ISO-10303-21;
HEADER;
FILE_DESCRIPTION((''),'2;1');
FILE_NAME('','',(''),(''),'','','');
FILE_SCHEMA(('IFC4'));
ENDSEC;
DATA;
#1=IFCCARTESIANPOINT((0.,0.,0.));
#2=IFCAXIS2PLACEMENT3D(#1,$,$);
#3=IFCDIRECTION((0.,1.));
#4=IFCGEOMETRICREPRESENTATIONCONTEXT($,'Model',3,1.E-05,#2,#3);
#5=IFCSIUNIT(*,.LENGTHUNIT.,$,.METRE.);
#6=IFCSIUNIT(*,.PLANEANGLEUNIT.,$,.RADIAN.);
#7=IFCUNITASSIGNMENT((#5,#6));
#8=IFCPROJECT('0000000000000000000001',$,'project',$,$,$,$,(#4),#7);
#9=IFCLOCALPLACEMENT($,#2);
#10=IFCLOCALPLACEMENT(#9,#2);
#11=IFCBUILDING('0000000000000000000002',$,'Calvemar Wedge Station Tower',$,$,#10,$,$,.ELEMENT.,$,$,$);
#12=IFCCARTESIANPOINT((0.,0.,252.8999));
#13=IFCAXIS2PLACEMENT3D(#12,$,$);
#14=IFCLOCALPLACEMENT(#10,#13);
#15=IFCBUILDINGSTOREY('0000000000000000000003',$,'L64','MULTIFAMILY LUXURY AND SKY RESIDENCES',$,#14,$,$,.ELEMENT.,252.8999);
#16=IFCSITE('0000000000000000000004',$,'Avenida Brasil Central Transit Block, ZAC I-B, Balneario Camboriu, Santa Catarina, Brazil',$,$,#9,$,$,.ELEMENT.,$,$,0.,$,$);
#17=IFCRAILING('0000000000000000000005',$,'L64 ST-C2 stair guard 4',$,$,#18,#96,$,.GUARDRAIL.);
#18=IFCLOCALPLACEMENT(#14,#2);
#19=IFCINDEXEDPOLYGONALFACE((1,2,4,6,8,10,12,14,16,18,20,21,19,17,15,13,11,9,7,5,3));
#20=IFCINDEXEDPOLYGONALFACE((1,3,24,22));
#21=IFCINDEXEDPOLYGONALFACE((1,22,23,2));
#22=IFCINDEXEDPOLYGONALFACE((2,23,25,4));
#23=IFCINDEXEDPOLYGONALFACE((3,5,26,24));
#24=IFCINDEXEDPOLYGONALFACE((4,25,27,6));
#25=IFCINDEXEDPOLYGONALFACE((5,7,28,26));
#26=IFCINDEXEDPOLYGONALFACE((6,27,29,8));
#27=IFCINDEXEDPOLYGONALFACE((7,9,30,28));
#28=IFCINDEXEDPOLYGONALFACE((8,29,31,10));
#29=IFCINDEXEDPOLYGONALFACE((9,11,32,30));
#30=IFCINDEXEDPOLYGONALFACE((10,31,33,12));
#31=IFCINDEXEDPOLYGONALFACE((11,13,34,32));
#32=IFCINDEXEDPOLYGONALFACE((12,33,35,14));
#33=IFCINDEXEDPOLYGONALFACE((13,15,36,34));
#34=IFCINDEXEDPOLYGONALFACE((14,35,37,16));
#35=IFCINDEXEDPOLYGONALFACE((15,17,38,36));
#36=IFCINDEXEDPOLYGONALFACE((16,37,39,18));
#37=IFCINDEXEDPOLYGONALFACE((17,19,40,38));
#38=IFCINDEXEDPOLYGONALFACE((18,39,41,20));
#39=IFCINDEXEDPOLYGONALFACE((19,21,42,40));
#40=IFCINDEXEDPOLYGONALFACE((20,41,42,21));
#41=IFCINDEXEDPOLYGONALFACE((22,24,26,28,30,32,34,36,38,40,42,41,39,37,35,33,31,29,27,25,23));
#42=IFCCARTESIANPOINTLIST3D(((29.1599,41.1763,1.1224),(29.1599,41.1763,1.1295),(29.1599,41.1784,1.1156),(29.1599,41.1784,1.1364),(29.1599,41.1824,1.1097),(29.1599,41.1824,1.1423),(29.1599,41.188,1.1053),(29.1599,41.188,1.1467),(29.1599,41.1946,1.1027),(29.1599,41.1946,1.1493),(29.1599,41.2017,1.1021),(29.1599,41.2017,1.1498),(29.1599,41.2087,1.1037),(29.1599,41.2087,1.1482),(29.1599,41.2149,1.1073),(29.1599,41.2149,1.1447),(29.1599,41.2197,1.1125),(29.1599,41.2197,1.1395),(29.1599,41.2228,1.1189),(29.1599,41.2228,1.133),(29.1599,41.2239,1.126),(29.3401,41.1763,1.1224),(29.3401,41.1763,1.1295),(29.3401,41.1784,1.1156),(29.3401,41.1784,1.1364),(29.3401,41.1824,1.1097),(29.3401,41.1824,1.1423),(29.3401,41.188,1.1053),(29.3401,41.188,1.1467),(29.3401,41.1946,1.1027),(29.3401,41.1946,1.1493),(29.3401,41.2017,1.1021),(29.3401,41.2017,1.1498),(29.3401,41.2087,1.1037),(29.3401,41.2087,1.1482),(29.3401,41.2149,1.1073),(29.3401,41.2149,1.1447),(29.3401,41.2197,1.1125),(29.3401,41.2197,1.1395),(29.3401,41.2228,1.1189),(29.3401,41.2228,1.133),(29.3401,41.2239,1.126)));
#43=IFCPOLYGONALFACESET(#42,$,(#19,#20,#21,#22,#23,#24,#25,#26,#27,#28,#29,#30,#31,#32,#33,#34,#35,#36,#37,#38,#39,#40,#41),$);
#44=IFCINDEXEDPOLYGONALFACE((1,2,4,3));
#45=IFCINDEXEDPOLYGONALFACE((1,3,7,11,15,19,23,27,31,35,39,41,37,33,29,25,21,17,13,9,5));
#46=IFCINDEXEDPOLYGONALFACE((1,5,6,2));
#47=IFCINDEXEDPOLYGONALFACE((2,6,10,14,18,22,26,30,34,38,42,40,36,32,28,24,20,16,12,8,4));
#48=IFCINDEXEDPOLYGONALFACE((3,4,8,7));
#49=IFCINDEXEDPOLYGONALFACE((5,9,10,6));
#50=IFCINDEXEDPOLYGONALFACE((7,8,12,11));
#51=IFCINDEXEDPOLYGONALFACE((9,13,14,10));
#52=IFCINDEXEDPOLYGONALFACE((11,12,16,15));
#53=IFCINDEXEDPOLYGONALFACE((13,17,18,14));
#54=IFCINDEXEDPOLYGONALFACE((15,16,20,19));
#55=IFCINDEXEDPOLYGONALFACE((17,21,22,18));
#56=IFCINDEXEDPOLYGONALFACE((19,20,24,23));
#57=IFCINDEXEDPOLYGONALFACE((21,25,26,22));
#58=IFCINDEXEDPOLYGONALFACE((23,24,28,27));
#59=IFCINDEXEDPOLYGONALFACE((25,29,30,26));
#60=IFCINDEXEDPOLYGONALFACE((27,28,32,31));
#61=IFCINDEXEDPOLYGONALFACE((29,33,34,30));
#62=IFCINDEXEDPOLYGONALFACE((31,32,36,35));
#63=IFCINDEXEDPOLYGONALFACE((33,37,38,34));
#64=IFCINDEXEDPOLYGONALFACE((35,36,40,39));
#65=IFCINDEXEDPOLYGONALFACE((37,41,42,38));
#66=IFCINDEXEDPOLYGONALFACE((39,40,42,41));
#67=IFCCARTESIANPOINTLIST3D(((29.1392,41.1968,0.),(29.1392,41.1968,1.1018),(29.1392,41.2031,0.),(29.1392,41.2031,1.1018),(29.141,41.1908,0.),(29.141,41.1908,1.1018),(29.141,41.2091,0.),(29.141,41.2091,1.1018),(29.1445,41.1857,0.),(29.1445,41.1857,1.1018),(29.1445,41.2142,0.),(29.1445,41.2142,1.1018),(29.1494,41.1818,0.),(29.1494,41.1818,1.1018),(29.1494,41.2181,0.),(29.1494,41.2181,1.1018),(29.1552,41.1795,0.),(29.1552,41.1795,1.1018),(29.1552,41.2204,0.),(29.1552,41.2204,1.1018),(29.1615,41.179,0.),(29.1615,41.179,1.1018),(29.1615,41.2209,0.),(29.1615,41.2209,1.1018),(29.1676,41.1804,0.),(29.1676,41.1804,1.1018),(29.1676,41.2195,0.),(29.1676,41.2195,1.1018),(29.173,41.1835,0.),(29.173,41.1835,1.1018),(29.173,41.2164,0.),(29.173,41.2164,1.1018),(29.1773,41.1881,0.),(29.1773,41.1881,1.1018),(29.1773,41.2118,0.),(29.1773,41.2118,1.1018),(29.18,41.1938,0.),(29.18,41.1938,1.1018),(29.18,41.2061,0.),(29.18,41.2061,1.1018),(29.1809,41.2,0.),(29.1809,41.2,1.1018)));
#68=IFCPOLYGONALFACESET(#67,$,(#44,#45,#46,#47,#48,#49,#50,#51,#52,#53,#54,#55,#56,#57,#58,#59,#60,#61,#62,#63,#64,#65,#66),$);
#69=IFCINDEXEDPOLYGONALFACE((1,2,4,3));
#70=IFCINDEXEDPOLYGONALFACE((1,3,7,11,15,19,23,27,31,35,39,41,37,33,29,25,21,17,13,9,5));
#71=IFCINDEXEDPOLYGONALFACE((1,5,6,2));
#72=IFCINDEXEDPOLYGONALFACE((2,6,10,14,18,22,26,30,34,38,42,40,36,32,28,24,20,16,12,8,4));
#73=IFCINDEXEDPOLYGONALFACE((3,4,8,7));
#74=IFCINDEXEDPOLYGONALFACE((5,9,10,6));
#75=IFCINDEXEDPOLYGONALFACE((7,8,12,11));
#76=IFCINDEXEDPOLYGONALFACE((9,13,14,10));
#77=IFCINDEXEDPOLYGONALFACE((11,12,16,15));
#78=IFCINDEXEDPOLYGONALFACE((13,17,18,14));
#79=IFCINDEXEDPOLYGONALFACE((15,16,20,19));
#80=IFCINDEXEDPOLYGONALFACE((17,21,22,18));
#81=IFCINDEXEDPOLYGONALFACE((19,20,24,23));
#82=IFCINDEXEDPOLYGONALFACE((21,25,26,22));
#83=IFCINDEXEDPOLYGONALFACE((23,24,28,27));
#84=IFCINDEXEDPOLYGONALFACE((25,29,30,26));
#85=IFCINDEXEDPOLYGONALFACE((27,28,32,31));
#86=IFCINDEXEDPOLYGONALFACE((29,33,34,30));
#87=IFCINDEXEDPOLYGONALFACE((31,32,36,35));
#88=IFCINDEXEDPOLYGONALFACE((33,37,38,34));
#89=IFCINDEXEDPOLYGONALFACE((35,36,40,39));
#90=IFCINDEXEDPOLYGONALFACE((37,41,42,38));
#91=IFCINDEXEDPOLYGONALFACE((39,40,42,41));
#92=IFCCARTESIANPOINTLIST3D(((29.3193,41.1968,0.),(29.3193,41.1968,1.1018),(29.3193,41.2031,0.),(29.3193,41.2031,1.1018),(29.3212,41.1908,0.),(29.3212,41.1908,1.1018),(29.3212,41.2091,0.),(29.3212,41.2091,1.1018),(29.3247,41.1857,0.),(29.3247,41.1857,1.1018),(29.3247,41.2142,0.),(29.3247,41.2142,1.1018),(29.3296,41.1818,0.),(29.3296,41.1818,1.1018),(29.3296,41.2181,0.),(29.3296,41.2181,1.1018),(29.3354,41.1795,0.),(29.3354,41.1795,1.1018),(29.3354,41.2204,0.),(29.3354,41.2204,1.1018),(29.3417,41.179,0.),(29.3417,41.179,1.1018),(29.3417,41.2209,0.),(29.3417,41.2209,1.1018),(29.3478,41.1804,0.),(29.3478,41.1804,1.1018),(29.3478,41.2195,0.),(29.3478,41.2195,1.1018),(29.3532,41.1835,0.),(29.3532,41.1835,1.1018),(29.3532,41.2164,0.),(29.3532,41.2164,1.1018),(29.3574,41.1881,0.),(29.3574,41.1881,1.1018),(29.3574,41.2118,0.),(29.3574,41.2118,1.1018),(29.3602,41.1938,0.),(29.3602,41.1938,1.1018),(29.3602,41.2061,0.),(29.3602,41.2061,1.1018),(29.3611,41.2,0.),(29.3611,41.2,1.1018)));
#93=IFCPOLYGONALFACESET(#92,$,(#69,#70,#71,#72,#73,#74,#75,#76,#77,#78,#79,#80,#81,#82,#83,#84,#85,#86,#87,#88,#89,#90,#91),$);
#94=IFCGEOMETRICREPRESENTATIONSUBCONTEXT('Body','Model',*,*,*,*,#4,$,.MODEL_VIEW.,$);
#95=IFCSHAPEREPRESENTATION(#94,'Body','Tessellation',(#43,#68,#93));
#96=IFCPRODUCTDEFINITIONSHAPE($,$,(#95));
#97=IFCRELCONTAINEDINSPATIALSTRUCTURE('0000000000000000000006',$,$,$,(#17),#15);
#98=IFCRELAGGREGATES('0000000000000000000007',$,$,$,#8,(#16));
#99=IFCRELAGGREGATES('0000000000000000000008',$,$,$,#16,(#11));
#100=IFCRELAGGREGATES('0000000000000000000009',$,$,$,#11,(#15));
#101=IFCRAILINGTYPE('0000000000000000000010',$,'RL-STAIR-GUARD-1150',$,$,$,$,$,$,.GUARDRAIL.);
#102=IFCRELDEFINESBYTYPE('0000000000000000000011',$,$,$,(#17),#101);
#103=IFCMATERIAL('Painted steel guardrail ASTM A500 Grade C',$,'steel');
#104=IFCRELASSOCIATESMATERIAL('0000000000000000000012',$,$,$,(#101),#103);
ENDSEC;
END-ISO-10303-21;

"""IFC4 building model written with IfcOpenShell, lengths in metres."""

from ifc_helpers import new_model, si_unit, direction, frame, origin, origin_2d, place, context, subcontext, project, spatial, circle, extrude, material, type_object, element, save


model = new_model("IFC4")

# Units and contexts
model_context = context("Model", 3, precision=1e-05, world=origin(), true_north=direction((0.0, 1.0)))
body_context = subcontext(model_context, "Body", "Model", "MODEL_VIEW")
ifc_project = project(units=[si_unit("LENGTHUNIT", "METRE"), si_unit("PLANEANGLEUNIT", "RADIAN")], contexts=[model_context])

# Site, building, storey
site_placement = place(None, origin())
site = spatial("IfcSite", under=ifc_project, at=site_placement, Name="Avenida Brasil Central Transit Block, ZAC I-B, Balneario Camboriu, Santa Catarina, Brazil", CompositionType="ELEMENT", RefElevation=0.0)
building_placement = place(site_placement, origin())
building = spatial("IfcBuilding", under=site, at=building_placement, Name="Calvemar Wedge Station Tower", CompositionType="ELEMENT")
storey_placement = place(building_placement, frame((0.0, 0.0, 252.8999)))
storey = spatial("IfcBuildingStorey", under=building, at=storey_placement, Name="L64", Description="MULTIFAMILY LUXURY AND SKY RESIDENCES", CompositionType="ELEMENT", Elevation=252.8999)

# Railing
ifc_material_1 = material(Name="Painted steel guardrail ASTM A500 Grade C", Category="steel")
railing_type_1 = type_object("IfcRailingType", Name="RL-STAIR-GUARD-1150", PredefinedType="GUARDRAIL", material=ifc_material_1)
railing_1_placement = place(storey_placement, frame((29.1599, 41.2, 0.0)))
element("IfcRailing", 1, at=railing_1_placement, inside=storey, type_object=railing_type_1, Name="L64 ST-C2 stair guard 4", PredefinedType="GUARDRAIL", context=body_context, shape_type="SweptSolid", body=[
    extrude(circle(Radius=0.0239, at=origin_2d()), frame((0.0, 0.0, 1.126), z_axis=(1.0, 0.0, 0.0), x_axis=(0.0, 1.0, 0.0)), (0.0, 0.0, 1.0), 0.1802),
    extrude(circle(Radius=0.021, at=origin_2d()), origin(), (0.0, 0.0, 1.0), 1.1018),
    extrude(circle(Radius=0.021, at=origin_2d()), frame((0.1802, 0.0, 0.0)), (0.0, 0.0, 1.0), 1.1018),
])

save(model, "model.ifc")
